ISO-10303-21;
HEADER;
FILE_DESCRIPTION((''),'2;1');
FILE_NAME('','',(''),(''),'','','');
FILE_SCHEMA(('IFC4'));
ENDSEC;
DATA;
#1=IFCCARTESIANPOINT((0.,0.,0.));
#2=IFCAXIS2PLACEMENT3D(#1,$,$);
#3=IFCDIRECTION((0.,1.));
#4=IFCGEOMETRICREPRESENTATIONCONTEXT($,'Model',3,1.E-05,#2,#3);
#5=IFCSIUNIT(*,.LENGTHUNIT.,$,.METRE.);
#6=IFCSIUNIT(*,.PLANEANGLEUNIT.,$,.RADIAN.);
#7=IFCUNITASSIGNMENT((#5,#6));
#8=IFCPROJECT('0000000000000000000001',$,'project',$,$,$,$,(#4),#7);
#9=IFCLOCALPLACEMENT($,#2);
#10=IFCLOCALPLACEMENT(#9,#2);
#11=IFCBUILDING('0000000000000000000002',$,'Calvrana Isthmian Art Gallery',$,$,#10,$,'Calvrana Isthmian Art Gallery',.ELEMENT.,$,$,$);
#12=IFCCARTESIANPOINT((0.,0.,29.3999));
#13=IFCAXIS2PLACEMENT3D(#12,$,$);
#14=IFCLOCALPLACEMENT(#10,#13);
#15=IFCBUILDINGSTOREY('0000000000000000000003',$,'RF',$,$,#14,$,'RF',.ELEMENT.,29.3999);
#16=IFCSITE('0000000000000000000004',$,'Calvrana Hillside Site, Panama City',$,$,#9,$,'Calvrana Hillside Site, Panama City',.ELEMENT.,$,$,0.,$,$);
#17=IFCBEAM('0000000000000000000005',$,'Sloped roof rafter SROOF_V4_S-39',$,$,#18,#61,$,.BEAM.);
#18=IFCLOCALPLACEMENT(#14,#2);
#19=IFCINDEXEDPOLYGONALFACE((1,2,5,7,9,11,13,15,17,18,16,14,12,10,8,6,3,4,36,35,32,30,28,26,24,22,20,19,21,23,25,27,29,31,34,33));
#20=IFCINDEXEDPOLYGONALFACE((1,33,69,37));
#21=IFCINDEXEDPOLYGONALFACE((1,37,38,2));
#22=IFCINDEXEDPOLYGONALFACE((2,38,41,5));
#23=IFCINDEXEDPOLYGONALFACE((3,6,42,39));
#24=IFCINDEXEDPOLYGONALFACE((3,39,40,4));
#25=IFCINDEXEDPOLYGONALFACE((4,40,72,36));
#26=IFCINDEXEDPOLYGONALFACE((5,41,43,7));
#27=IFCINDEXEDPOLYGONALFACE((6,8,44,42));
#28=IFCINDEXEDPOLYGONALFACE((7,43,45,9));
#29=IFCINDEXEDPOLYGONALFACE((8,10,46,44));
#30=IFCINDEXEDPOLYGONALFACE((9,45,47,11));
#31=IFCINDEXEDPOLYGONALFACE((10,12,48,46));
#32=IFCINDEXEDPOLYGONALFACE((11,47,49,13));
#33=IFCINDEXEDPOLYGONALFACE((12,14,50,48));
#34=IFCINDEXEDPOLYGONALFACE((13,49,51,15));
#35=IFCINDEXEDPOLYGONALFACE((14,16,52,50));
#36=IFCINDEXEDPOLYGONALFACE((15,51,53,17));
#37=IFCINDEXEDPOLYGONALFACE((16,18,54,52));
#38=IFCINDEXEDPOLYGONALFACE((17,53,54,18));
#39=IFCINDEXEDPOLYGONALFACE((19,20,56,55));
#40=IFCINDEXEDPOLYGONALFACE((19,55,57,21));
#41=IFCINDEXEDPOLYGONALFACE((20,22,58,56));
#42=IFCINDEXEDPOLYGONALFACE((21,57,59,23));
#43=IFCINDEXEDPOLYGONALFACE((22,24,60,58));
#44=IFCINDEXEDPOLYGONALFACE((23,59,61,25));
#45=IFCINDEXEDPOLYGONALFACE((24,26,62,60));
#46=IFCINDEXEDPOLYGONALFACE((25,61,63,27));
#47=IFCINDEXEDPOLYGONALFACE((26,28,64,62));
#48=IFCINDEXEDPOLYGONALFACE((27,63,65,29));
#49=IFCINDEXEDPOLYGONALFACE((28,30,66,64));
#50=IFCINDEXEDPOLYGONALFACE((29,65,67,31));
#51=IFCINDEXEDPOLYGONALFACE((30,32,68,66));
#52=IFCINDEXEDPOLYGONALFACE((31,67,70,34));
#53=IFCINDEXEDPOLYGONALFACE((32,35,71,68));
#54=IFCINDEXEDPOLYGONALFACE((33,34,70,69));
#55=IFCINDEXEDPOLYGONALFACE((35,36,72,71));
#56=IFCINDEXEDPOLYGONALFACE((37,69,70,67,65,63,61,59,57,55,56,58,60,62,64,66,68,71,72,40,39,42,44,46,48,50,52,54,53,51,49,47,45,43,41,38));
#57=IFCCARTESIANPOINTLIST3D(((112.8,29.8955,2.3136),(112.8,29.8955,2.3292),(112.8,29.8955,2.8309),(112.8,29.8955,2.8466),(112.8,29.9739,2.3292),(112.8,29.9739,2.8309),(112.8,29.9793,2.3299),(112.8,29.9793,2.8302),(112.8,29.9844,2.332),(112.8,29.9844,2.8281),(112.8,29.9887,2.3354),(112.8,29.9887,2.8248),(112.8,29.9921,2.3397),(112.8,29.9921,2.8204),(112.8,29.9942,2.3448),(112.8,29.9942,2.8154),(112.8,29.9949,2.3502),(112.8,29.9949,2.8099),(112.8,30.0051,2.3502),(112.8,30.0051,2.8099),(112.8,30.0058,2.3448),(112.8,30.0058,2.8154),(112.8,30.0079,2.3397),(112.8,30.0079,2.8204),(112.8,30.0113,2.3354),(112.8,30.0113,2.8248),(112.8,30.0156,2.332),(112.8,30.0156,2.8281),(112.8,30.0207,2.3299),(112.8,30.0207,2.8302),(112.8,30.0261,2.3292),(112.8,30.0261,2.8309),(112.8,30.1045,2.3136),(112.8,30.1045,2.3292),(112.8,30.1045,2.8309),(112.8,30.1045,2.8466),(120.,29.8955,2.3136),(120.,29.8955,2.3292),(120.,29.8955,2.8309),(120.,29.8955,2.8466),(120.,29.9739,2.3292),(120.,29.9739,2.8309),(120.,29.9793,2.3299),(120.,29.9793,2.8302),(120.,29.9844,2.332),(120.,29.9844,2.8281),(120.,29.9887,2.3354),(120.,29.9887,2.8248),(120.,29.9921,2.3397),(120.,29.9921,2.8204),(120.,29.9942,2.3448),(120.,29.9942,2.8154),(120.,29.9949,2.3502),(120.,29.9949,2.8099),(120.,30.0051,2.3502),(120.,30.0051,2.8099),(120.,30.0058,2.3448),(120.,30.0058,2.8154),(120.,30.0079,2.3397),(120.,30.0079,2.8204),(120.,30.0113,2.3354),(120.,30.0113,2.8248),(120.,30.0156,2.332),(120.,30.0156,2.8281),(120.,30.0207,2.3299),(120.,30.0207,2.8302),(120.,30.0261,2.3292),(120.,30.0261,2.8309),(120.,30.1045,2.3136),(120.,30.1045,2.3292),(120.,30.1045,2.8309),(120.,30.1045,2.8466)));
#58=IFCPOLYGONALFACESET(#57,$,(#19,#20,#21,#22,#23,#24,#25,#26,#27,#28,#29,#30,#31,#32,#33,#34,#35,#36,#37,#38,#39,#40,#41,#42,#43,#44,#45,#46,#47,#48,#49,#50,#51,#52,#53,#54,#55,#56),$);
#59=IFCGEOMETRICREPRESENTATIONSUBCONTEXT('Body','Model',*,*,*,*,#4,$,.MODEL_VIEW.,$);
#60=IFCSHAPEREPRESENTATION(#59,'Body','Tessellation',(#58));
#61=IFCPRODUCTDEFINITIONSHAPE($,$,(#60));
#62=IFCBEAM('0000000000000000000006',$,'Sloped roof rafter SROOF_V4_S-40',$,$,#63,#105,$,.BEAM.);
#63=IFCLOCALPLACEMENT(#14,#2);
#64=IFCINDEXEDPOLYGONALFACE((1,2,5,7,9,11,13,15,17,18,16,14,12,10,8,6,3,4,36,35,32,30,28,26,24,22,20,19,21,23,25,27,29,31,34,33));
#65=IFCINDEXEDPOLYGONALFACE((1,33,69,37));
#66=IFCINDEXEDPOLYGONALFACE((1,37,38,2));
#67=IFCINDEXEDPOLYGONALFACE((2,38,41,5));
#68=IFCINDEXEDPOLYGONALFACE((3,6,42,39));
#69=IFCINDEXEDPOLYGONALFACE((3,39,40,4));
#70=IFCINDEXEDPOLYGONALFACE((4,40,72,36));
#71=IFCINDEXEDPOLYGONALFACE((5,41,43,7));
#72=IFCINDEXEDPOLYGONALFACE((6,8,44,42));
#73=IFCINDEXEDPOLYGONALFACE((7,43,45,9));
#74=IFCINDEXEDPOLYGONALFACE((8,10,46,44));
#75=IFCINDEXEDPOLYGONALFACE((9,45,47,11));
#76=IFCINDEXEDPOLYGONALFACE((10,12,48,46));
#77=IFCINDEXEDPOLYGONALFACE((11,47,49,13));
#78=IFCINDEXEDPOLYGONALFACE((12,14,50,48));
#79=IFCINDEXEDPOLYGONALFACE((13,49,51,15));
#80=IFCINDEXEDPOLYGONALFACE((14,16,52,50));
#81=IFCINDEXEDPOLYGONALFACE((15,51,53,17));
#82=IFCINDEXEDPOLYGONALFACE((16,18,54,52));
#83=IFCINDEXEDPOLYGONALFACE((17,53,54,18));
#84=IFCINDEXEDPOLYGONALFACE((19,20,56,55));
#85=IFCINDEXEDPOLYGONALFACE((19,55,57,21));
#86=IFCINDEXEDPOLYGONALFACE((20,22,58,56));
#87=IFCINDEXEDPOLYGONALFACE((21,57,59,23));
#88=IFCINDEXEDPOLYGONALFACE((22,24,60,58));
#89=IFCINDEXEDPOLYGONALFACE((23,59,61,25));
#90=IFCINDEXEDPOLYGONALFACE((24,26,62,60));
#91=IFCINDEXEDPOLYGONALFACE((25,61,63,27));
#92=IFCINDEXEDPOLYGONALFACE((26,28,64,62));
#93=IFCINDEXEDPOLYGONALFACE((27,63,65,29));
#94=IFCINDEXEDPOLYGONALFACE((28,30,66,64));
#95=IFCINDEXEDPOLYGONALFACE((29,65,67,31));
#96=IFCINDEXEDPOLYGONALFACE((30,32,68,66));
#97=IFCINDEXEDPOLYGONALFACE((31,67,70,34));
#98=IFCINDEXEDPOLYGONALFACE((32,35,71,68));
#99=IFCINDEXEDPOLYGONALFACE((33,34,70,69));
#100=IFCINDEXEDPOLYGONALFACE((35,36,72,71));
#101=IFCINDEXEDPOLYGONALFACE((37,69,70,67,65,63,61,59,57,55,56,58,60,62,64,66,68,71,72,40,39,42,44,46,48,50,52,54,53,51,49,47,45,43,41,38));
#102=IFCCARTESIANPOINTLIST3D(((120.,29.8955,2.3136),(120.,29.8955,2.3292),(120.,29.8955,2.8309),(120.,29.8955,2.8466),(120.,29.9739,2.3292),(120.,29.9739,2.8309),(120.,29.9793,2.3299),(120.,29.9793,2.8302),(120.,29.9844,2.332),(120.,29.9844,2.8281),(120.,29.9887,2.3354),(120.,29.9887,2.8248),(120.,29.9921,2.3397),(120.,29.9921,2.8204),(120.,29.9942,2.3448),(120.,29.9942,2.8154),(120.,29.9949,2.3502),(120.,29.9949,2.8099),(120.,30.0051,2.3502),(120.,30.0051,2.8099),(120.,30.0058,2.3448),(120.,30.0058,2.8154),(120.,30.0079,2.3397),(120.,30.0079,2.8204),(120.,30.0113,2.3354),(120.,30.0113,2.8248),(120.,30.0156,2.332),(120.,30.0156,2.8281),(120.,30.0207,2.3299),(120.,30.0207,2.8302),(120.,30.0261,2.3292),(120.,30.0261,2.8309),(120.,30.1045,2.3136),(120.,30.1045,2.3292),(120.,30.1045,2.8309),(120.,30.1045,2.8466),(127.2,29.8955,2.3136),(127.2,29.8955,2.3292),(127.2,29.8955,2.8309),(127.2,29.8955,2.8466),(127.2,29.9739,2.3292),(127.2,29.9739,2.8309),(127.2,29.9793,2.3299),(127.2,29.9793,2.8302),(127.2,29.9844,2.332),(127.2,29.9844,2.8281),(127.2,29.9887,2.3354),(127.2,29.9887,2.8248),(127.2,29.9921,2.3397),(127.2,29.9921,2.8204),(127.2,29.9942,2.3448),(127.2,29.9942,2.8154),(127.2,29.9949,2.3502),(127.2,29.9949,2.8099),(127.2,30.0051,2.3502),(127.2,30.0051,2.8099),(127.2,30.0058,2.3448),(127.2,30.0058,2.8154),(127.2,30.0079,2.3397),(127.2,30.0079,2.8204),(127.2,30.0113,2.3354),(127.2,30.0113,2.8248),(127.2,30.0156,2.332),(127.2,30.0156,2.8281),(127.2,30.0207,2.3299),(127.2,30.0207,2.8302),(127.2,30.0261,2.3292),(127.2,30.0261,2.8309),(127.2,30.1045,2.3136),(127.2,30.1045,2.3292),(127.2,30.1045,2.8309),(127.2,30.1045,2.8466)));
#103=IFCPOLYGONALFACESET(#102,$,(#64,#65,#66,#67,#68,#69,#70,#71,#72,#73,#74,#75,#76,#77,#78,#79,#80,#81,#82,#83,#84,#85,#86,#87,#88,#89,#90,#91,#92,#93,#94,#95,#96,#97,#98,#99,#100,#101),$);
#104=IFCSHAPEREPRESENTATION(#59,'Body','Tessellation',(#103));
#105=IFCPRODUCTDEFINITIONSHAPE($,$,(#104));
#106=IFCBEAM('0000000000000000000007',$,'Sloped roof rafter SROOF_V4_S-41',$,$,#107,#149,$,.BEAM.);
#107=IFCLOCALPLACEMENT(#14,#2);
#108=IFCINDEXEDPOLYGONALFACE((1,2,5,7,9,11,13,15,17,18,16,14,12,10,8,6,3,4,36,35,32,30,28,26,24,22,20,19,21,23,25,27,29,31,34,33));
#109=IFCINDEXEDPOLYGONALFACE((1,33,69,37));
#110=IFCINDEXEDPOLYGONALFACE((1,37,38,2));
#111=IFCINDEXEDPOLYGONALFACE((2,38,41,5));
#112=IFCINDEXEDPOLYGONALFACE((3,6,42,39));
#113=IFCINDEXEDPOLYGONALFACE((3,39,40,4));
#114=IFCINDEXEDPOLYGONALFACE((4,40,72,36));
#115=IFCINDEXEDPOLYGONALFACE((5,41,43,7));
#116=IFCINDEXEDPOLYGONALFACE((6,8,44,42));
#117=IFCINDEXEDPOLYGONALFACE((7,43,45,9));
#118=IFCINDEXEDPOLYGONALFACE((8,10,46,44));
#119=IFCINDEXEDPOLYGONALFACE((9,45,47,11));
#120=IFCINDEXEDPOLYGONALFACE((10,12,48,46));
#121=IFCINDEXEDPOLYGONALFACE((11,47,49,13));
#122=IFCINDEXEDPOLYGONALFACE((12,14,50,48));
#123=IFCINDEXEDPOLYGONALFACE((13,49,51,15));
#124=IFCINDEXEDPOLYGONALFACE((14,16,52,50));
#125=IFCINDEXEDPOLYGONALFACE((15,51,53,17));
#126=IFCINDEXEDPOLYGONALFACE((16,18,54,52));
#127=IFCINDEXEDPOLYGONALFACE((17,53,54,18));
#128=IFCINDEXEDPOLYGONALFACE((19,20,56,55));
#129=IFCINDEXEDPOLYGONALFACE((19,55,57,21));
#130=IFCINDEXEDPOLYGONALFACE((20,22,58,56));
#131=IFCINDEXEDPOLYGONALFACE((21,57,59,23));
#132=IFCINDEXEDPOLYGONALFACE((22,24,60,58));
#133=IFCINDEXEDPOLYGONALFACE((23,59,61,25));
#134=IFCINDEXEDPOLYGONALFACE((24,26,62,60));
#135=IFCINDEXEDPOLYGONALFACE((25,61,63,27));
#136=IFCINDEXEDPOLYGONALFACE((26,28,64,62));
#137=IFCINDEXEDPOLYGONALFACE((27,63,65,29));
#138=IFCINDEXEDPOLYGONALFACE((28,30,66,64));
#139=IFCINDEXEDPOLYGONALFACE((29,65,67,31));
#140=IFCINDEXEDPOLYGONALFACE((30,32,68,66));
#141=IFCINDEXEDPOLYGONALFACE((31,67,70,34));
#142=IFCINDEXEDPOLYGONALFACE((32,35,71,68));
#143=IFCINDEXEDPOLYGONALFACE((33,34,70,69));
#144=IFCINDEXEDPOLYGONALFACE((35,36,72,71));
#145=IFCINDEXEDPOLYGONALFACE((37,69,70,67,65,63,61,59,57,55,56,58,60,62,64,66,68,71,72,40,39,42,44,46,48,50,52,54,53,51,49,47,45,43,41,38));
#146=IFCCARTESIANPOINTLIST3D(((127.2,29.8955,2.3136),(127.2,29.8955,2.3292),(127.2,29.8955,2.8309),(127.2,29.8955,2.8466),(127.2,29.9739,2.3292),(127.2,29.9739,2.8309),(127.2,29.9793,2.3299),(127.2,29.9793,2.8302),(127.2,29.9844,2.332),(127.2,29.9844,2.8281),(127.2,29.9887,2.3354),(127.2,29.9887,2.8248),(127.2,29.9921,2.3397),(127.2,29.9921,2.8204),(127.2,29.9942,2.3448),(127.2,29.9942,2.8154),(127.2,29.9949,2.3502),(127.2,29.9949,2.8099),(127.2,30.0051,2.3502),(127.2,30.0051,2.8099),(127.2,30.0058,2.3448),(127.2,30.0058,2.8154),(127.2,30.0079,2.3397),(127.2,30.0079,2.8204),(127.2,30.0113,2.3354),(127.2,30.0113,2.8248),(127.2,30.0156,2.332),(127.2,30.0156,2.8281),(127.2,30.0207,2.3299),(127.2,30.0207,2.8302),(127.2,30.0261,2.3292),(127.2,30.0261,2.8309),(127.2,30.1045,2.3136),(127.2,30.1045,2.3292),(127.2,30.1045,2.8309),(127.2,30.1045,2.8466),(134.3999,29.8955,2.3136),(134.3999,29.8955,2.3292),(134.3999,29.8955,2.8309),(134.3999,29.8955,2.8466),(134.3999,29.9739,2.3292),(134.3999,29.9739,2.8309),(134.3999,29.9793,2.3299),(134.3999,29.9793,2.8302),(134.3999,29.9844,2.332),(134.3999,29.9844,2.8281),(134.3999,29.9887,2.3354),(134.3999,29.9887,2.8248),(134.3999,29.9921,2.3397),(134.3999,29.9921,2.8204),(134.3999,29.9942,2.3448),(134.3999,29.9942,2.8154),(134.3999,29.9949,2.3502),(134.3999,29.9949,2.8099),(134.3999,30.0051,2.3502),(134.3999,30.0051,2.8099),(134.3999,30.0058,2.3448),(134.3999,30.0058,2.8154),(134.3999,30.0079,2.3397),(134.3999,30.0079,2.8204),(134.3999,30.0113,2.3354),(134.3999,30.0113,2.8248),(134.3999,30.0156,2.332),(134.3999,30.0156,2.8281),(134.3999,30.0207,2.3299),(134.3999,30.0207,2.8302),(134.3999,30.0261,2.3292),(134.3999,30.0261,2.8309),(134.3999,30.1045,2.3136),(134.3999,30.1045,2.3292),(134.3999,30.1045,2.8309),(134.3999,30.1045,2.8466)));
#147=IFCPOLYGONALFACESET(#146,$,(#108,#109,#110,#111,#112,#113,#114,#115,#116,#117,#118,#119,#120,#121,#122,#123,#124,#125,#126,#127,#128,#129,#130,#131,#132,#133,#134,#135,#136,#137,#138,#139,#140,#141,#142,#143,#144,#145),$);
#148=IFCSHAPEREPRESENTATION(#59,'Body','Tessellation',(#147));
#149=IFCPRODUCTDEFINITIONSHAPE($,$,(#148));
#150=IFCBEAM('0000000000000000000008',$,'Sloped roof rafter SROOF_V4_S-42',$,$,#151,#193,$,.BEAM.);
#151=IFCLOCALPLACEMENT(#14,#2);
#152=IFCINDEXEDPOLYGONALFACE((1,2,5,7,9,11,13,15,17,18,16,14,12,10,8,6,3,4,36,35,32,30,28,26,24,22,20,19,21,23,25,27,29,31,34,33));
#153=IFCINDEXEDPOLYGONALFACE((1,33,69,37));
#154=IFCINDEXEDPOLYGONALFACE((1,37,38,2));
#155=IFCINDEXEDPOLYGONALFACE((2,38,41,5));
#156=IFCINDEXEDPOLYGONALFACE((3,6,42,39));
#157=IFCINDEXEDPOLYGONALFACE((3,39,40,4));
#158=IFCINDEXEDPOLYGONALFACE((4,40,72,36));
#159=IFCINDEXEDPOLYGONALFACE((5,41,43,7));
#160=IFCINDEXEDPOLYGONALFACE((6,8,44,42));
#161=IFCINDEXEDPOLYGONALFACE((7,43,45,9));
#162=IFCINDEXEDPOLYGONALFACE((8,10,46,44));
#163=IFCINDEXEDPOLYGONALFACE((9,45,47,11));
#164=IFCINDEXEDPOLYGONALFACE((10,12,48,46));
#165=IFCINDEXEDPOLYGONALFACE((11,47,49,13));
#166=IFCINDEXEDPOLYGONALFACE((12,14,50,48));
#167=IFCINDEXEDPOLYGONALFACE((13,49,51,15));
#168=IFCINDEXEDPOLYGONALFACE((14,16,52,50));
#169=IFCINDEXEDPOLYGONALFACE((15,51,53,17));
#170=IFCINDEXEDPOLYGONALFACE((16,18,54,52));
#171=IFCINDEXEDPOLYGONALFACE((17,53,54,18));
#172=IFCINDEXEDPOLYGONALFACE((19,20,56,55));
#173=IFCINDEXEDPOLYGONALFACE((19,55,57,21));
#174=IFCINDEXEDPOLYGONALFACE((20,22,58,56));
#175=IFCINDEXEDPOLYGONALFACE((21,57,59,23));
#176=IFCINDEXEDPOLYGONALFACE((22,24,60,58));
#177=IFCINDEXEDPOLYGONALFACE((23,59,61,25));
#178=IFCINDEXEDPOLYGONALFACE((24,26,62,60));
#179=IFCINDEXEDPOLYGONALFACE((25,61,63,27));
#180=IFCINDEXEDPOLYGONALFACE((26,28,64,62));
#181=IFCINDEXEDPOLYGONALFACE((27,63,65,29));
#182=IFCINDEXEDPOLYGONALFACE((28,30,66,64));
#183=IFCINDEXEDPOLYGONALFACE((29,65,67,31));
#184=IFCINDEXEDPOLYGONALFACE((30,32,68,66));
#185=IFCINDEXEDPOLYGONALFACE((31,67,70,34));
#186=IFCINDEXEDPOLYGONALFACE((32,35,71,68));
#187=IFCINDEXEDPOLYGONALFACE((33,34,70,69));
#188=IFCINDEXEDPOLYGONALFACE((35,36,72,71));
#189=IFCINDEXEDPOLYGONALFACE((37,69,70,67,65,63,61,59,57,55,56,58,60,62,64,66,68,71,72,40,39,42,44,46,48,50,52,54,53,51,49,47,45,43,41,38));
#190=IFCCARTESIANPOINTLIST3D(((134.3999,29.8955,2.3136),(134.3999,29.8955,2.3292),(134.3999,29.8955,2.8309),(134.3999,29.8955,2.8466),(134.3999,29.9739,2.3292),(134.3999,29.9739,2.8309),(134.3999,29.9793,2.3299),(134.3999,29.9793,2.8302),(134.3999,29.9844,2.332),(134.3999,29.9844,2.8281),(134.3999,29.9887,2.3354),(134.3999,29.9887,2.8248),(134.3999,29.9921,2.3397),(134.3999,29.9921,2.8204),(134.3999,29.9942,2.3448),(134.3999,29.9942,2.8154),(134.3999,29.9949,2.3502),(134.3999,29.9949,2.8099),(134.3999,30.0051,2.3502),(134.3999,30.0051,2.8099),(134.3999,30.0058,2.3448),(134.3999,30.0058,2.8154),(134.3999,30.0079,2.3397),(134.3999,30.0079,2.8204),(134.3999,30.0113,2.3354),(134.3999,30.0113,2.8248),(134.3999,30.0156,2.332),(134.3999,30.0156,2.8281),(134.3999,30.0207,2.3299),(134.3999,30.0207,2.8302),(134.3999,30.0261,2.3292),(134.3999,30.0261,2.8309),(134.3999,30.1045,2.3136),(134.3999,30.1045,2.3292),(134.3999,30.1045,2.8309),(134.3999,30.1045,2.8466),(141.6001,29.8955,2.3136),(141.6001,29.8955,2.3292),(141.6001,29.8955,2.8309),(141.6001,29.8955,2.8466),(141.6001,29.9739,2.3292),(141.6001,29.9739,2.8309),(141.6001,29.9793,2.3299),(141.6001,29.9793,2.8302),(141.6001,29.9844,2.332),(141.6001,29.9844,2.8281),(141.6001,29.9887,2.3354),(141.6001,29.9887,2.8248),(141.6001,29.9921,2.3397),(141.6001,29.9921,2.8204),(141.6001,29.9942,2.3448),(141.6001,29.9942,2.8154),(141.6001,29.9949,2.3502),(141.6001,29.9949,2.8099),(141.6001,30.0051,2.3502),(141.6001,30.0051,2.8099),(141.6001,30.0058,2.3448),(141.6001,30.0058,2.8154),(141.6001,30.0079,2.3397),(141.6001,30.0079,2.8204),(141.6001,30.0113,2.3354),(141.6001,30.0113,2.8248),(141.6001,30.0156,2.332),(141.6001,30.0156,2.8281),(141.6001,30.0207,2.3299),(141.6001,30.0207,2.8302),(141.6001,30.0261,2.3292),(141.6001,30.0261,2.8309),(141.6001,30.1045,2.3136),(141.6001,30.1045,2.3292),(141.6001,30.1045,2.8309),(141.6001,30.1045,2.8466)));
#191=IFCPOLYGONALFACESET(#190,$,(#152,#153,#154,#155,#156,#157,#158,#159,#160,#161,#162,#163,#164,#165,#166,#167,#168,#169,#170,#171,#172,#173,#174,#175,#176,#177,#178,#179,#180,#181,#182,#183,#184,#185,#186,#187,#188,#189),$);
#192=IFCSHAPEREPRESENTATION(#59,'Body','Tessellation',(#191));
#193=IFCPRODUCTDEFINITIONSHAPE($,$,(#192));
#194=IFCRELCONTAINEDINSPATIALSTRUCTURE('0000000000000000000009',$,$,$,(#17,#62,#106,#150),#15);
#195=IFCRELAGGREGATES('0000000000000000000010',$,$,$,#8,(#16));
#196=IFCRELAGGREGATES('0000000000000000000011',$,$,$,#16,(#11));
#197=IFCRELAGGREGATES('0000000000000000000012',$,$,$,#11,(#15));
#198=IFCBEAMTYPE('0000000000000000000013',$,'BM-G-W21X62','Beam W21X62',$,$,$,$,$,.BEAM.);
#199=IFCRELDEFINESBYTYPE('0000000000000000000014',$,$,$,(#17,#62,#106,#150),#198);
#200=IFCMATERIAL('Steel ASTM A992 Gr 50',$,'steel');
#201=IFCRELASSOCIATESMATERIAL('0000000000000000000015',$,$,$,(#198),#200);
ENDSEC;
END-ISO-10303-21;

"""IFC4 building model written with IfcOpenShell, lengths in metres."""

from ifc_helpers import new_model, si_unit, direction, frame, origin, origin_2d, place, context, subcontext, project, spatial, i_section, extrude, material, material_profile, profile_set, type_object, element, save


model = new_model("IFC4")

# Units and contexts
model_context = context("Model", 3, precision=1e-05, world=origin(), true_north=direction((0.0, 1.0)))
body_context = subcontext(model_context, "Body", "Model", "MODEL_VIEW")
ifc_project = project(units=[si_unit("LENGTHUNIT", "METRE"), si_unit("PLANEANGLEUNIT", "RADIAN")], contexts=[model_context])

# Site, building, storey
site_placement = place(None, origin())
site = spatial("IfcSite", under=ifc_project, at=site_placement, Name="Calvrana Hillside Site, Panama City", LongName="Calvrana Hillside Site, Panama City", CompositionType="ELEMENT", RefElevation=0.0)
building_placement = place(site_placement, origin())
building = spatial("IfcBuilding", under=site, at=building_placement, Name="Calvrana Isthmian Art Gallery", LongName="Calvrana Isthmian Art Gallery", CompositionType="ELEMENT")
storey_placement = place(building_placement, frame((0.0, 0.0, 29.3999)))
storey = spatial("IfcBuildingStorey", under=building, at=storey_placement, Name="RF", LongName="RF", CompositionType="ELEMENT", Elevation=29.3999)

# Beams
ifc_material_1 = material(Name="Steel ASTM A992 Gr 50", Category="steel")
ifc_material_profile_1 = material_profile(ifc_material_1, i_section(OverallWidth=0.209, OverallDepth=0.533, WebThickness=0.0103, FlangeThickness=0.0156, FilletRadius=0.021, at=origin_2d()), Name="W21X62")
ifc_profile_set_1 = profile_set([ifc_material_profile_1], Name="Steel ASTM A992 Gr 50")
beam_type_1 = type_object("IfcBeamType", Name="BM-G-W21X62", Description="Beam W21X62", PredefinedType="BEAM", material=ifc_profile_set_1)
for number, where, z_axis, x_axis, name in (
    (1, (112.8, 30.0, 2.5801), (1.0, 0.0, 0.0), (0.0, 1.0, 0.0), "Sloped roof rafter SROOF_V4_S-39"),
    (2, (120.0, 30.0, 2.5801), (1.0, 0.0, 0.0), (0.0, 1.0, 0.0), "Sloped roof rafter SROOF_V4_S-40"),
    (3, (127.2, 30.0, 2.5801), (1.0, 0.0, 0.0), (0.0, 1.0, 0.0), "Sloped roof rafter SROOF_V4_S-41"),
):
    element("IfcBeam", number, at=place(storey_placement, frame(where, z_axis=z_axis, x_axis=x_axis)), inside=storey, type_object=beam_type_1, Name=name, PredefinedType="BEAM", context=body_context, shape_type="SweptSolid", body=[
        extrude(i_section(OverallWidth=0.209, OverallDepth=0.533, WebThickness=0.0103, FlangeThickness=0.0156, FilletRadius=0.021, at=origin_2d()), origin(), (0.0, 0.0, 1.0), 7.2),
    ])
beam_1_placement = place(storey_placement, frame((134.3999, 30.0, 2.5801), z_axis=(1.0, 0.0, 0.0), x_axis=(0.0, 1.0, 0.0)))
element("IfcBeam", 4, at=beam_1_placement, inside=storey, type_object=beam_type_1, Name="Sloped roof rafter SROOF_V4_S-42", PredefinedType="BEAM", context=body_context, shape_type="SweptSolid", body=[
    extrude(i_section(OverallWidth=0.209, OverallDepth=0.533, WebThickness=0.0103, FlangeThickness=0.0156, FilletRadius=0.021, at=origin_2d()), origin(), (0.0, 0.0, 1.0), 7.2002),
])

save(model, "model.ifc")
